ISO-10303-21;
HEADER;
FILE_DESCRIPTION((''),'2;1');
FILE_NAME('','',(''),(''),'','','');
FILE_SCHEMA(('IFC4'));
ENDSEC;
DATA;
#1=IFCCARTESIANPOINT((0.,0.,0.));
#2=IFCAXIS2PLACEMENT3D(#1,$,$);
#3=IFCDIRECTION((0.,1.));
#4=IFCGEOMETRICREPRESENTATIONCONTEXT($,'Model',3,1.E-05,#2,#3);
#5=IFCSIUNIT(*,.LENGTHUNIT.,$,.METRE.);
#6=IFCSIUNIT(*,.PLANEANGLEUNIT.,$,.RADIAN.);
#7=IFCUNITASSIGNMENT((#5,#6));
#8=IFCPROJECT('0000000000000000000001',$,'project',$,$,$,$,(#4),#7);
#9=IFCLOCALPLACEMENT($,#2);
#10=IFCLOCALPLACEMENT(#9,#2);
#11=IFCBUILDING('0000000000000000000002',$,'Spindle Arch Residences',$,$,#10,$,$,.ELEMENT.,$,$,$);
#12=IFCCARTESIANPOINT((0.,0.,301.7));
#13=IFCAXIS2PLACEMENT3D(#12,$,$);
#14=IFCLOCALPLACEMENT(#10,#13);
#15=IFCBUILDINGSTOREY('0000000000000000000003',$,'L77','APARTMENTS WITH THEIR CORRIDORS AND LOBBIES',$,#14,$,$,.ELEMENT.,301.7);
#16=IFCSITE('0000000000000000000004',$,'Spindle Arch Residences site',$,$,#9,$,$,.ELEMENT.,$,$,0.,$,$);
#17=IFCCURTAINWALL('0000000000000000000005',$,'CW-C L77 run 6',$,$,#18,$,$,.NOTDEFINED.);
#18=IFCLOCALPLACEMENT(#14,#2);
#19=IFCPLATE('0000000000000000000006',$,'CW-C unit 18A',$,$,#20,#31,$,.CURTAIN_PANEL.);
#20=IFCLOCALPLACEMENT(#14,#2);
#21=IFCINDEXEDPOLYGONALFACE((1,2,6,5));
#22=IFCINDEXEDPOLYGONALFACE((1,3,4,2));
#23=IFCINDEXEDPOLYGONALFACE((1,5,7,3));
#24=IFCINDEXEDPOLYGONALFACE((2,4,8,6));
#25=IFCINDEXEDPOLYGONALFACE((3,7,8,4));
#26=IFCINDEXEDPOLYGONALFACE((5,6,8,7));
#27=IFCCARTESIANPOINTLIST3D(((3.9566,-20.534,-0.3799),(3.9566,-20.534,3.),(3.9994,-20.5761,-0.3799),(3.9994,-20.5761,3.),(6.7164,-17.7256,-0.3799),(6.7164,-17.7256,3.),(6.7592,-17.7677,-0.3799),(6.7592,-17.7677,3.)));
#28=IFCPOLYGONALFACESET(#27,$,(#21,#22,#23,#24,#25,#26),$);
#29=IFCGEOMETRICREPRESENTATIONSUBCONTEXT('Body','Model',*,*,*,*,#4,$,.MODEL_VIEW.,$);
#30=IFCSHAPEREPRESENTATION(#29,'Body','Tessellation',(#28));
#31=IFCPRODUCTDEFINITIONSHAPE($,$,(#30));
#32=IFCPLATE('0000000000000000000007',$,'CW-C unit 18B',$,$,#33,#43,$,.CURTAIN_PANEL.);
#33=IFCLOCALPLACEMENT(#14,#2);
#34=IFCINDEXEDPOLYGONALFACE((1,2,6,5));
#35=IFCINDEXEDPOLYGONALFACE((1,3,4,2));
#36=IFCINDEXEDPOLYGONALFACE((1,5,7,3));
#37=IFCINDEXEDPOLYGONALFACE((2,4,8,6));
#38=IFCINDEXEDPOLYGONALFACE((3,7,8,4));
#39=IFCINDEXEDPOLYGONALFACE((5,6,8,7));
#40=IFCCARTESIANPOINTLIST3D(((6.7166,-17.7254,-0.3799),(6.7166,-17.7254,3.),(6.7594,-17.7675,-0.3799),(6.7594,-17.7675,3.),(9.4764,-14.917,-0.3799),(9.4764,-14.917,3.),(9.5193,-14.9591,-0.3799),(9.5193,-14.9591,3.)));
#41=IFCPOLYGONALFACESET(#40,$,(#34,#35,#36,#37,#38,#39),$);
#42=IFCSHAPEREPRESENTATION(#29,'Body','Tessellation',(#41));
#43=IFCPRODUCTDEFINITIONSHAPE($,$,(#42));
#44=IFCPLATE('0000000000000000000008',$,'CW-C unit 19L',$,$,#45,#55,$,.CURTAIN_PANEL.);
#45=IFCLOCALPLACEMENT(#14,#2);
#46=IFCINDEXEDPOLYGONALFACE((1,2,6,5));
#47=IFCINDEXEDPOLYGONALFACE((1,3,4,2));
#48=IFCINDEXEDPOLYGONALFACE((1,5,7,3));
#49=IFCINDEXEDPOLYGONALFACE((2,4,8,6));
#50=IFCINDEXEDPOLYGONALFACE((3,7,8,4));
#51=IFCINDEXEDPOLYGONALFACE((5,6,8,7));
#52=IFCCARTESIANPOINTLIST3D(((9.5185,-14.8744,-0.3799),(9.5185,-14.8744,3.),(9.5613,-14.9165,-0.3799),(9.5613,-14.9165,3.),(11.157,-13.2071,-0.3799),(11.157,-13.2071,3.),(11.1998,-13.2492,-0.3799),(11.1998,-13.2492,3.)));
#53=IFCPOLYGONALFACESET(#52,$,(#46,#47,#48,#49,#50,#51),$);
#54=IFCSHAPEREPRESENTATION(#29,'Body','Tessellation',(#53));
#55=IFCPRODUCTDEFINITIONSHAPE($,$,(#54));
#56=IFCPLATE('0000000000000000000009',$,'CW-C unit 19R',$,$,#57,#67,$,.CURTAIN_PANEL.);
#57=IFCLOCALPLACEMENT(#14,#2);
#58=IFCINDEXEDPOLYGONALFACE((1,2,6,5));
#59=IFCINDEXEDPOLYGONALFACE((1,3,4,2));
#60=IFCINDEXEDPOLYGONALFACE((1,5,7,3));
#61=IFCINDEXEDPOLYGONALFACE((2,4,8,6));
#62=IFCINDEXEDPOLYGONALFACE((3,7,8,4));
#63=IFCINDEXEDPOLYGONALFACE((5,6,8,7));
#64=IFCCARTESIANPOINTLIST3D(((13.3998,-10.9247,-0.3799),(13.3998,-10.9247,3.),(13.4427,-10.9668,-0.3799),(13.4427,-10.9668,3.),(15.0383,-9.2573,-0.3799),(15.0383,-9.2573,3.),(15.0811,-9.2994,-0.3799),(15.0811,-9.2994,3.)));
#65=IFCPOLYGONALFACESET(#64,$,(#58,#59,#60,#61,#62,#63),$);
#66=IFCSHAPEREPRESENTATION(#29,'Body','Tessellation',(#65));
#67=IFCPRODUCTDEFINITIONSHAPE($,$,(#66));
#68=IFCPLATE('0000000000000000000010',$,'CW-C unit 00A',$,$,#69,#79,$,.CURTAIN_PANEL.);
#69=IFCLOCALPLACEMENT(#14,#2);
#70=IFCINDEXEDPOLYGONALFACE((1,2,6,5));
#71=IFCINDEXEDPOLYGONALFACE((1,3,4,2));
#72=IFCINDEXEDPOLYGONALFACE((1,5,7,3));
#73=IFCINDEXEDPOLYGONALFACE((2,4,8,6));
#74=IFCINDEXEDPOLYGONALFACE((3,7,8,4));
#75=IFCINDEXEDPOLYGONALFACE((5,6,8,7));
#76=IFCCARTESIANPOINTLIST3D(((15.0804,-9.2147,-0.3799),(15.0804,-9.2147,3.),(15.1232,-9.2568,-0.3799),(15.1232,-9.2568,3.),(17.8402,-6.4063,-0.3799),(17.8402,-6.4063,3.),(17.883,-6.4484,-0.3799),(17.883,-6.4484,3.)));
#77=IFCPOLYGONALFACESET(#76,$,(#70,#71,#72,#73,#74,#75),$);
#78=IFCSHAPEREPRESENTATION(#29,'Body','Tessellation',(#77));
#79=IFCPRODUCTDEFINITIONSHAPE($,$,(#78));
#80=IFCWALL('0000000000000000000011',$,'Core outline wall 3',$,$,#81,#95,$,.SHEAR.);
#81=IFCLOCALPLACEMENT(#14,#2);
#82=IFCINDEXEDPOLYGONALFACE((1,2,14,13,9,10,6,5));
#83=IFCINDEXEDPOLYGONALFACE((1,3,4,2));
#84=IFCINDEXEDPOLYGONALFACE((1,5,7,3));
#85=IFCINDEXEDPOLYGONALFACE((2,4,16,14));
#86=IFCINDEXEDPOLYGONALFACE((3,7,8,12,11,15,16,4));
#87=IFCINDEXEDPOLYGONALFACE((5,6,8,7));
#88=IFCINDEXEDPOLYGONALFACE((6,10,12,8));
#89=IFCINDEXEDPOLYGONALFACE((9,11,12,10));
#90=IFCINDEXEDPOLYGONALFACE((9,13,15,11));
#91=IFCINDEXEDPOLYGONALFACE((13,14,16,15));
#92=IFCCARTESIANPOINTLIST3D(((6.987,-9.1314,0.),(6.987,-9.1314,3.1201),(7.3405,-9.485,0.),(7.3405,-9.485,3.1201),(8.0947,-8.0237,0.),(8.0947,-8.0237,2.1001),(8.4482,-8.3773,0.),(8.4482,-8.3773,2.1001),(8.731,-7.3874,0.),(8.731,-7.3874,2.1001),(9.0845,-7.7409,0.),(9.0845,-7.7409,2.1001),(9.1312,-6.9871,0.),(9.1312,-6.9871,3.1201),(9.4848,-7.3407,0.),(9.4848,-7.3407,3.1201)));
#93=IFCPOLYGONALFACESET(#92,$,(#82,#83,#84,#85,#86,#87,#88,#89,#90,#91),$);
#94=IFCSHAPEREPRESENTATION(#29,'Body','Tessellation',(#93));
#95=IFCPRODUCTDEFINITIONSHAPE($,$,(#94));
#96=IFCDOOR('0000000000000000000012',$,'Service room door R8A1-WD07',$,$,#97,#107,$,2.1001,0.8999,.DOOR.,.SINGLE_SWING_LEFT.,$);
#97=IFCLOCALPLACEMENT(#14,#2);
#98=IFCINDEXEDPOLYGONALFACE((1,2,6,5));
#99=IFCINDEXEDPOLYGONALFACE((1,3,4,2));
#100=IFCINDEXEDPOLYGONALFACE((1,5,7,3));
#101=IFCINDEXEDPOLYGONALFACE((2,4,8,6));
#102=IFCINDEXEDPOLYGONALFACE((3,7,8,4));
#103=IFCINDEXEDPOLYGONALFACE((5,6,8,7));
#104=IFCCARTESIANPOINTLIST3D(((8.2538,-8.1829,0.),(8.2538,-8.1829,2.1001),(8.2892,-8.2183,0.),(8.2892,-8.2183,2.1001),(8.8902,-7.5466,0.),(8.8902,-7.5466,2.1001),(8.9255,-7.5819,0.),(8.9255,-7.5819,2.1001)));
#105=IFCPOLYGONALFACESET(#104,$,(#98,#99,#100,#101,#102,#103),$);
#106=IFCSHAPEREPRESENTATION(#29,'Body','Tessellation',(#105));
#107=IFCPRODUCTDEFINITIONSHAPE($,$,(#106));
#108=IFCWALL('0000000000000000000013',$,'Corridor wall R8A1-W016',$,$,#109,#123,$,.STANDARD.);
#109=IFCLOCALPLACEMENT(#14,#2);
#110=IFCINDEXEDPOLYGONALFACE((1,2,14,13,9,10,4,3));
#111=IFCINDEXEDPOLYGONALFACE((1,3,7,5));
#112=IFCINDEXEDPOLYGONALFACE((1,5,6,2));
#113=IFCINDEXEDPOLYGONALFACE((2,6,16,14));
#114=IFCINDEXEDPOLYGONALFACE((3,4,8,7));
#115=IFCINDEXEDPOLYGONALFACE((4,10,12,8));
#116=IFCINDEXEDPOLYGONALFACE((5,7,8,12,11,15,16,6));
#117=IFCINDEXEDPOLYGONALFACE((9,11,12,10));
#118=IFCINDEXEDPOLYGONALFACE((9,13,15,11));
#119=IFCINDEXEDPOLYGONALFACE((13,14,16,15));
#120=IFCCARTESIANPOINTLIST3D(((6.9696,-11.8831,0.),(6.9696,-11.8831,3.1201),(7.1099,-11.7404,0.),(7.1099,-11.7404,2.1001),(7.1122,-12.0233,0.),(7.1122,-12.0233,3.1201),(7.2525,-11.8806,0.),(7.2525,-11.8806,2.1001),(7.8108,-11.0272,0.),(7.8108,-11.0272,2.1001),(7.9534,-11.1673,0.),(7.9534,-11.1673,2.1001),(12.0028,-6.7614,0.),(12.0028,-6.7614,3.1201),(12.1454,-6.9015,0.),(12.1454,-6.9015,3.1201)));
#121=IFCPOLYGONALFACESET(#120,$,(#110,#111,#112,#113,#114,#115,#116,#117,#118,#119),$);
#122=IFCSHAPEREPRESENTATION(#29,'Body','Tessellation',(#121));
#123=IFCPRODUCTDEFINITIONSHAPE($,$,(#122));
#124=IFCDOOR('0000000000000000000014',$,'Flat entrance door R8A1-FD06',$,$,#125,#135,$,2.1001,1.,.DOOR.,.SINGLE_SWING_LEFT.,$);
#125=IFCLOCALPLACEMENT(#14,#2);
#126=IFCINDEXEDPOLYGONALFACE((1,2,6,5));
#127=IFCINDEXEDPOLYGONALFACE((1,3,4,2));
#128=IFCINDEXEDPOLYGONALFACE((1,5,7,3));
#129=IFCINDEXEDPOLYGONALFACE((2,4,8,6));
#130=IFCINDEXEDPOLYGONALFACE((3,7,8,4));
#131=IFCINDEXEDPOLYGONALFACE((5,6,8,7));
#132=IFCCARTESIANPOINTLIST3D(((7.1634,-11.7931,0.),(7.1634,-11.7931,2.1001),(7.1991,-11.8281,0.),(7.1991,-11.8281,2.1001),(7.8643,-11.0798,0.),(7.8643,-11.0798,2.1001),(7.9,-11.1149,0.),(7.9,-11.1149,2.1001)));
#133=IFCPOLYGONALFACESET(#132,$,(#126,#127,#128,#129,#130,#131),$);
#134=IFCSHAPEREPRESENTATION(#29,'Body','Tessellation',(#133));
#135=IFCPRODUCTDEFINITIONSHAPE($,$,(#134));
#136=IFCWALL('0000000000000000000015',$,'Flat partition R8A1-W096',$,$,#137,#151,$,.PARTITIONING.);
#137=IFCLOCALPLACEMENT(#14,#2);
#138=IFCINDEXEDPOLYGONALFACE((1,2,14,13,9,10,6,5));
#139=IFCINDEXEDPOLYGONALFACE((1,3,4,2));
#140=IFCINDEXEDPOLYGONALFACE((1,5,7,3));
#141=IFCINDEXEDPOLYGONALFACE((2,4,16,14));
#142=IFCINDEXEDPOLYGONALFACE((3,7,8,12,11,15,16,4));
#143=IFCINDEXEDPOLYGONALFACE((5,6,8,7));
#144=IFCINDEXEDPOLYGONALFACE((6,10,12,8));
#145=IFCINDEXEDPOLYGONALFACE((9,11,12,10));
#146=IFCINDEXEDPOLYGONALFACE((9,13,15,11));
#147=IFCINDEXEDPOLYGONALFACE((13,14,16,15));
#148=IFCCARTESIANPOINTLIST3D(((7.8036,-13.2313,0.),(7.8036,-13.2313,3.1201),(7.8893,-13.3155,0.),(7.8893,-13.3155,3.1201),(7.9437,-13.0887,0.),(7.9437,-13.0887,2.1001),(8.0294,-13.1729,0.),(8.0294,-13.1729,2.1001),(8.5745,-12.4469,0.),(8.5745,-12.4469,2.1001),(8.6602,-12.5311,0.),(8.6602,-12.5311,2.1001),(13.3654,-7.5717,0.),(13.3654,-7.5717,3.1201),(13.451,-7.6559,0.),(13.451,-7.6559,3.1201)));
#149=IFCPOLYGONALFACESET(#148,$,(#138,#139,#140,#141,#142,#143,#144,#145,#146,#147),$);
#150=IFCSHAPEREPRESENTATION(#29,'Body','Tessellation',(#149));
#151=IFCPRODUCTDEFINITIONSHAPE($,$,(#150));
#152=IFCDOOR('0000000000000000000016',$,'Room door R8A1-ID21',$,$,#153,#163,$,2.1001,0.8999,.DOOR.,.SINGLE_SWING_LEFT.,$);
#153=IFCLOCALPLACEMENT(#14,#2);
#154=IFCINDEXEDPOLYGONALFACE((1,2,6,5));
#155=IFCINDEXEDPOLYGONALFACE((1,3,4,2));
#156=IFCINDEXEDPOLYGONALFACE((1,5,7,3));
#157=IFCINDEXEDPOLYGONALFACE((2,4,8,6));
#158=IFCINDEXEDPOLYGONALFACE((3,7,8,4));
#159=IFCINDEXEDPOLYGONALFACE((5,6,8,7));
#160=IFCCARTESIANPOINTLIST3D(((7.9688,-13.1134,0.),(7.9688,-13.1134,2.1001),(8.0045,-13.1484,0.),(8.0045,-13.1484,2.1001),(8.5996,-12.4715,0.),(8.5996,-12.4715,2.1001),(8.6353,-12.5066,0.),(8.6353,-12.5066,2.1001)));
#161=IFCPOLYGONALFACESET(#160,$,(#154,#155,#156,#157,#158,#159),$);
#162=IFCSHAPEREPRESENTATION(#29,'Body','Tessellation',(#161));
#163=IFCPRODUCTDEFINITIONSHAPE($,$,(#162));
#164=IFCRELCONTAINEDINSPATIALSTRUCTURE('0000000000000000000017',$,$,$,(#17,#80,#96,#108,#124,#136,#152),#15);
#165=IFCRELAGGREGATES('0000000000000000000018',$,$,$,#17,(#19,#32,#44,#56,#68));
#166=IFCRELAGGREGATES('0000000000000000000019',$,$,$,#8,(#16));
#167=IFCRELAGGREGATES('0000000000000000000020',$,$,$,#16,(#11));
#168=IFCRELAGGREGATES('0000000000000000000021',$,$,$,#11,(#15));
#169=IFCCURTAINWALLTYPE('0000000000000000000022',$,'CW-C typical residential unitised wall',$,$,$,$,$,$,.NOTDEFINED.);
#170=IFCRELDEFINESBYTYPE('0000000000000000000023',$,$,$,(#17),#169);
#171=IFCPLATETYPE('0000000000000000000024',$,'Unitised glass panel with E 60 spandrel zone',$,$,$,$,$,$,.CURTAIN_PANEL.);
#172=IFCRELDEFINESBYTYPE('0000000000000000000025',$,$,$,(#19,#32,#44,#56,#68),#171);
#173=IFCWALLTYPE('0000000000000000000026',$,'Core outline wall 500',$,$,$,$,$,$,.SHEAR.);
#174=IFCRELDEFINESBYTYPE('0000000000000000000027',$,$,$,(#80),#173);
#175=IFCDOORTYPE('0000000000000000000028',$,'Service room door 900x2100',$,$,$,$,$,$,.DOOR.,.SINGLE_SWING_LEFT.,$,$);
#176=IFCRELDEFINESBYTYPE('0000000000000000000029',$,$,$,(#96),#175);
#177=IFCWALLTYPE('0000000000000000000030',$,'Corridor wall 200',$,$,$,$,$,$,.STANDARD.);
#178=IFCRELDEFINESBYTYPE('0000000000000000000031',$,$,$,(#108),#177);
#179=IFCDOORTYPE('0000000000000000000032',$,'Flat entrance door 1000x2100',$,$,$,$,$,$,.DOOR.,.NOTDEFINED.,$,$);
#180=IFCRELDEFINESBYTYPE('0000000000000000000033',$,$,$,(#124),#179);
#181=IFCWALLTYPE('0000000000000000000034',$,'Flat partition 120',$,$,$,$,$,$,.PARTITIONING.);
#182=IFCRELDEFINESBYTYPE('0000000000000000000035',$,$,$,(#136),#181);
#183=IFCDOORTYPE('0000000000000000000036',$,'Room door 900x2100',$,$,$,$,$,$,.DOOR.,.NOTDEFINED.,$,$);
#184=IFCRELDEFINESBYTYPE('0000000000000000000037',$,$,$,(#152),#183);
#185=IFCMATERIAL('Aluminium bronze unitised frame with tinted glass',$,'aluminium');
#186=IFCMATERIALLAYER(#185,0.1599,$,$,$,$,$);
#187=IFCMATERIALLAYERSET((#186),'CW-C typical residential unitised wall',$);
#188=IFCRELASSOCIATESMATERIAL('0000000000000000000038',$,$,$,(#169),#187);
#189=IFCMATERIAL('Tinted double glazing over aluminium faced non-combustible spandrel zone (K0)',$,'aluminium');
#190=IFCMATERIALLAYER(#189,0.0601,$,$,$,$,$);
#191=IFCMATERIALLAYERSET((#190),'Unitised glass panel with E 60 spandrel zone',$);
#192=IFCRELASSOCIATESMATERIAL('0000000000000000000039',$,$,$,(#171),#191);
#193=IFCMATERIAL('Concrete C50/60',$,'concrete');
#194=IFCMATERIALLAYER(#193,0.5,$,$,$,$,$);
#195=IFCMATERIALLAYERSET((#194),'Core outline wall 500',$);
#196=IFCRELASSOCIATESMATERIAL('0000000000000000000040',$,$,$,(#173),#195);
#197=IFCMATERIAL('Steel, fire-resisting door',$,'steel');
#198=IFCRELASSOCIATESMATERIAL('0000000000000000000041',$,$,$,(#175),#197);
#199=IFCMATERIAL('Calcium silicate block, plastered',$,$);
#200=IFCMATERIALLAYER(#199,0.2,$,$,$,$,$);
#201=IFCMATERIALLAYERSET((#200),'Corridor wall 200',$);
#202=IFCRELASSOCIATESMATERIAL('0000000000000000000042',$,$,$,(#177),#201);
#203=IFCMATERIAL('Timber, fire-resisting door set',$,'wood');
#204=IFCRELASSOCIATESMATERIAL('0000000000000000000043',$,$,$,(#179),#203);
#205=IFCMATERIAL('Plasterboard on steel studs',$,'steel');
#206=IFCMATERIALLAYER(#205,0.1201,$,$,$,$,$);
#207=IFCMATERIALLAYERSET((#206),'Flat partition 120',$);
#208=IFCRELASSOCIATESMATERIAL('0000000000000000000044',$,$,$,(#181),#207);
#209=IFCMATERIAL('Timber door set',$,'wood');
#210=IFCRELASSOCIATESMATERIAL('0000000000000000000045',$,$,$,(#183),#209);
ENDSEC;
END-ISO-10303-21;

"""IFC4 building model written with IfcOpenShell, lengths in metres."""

from ifc_helpers import new_model, si_unit, direction, frame, frame_2d, origin, origin_2d, place, context, subcontext, project, spatial, rectangle, extrude, material, layer, layer_set, type_object, element, fill, aggregate, save


model = new_model("IFC4")

# Units and contexts
model_context = context("Model", 3, precision=1e-05, world=origin(), true_north=direction((0.0, 1.0)))
body_context = subcontext(model_context, "Body", "Model", "MODEL_VIEW")
ifc_project = project(units=[si_unit("LENGTHUNIT", "METRE"), si_unit("PLANEANGLEUNIT", "RADIAN")], contexts=[model_context])

# Site, building, storey
site_placement = place(None, origin())
site = spatial("IfcSite", under=ifc_project, at=site_placement, Name="Spindle Arch Residences site", CompositionType="ELEMENT", RefElevation=0.0)
building_placement = place(site_placement, origin())
building = spatial("IfcBuilding", under=site, at=building_placement, Name="Spindle Arch Residences", CompositionType="ELEMENT")
storey_placement = place(building_placement, frame((0.0, 0.0, 301.7)))
storey = spatial("IfcBuildingStorey", under=building, at=storey_placement, Name="L77", Description="APARTMENTS WITH THEIR CORRIDORS AND LOBBIES", CompositionType="ELEMENT", Elevation=301.7)

# Curtain wall
ifc_material_1 = material(Name="Aluminium bronze unitised frame with tinted glass", Category="aluminium")
ifc_layer_1 = layer(ifc_material_1, 0.1599)
ifc_layer_set_1 = layer_set([ifc_layer_1], Name="CW-C typical residential unitised wall")
curtain_wall_type = type_object("IfcCurtainWallType", Name="CW-C typical residential unitised wall", PredefinedType="NOTDEFINED", material=ifc_layer_set_1)
curtain_wall_placement = place(storey_placement, origin())
curtain_wall = element("IfcCurtainWall", 1, at=curtain_wall_placement, inside=storey, type_object=curtain_wall_type, Name="CW-C L77 run 6", PredefinedType="NOTDEFINED")

# Plates
ifc_material_2 = material(Name="Tinted double glazing over aluminium faced non-combustible spandrel zone (K0)", Category="aluminium")
ifc_layer_2 = layer(ifc_material_2, 0.0601)
ifc_layer_set_2 = layer_set([ifc_layer_2], Name="Unitised glass panel with E 60 spandrel zone")
plate_type = type_object("IfcPlateType", Name="Unitised glass panel with E 60 spandrel zone", PredefinedType="CURTAIN_PANEL", material=ifc_layer_set_2)
plate_1_placement = place(storey_placement, frame((5.3579, -19.1509, -0.3799), z_axis=(0.0, 0.0, 1.0), x_axis=(0.700909, 0.71325, 0.0)))
plate_1 = element("IfcPlate", 2, at=plate_1_placement, type_object=plate_type, Name="CW-C unit 18A", PredefinedType="CURTAIN_PANEL", context=body_context, shape_type="SweptSolid", body=[
    extrude(rectangle(XDim=3.9375, YDim=0.0601, at=origin_2d()), origin(), (0.0, 0.0, 1.0), 3.3799),
])
plate_2_placement = place(storey_placement, frame((8.1179, -16.3423, -0.3799), z_axis=(0.0, 0.0, 1.0), x_axis=(0.700909, 0.71325, 0.0)))
plate_2 = element("IfcPlate", 3, at=plate_2_placement, type_object=plate_type, Name="CW-C unit 18B", PredefinedType="CURTAIN_PANEL", context=body_context, shape_type="SweptSolid", body=[
    extrude(rectangle(XDim=3.9375, YDim=0.0601, at=origin_2d()), origin(), (0.0, 0.0, 1.0), 3.3799),
])
plate_3_placement = place(storey_placement, frame((10.3591, -14.0618, -0.3799), z_axis=(0.0, 0.0, 1.0), x_axis=(0.700909, 0.71325, 0.0)))
plate_3 = element("IfcPlate", 4, at=plate_3_placement, type_object=plate_type, Name="CW-C unit 19L", PredefinedType="CURTAIN_PANEL", context=body_context, shape_type="SweptSolid", body=[
    extrude(rectangle(XDim=2.3376, YDim=0.0601, at=origin_2d()), origin(), (0.0, 0.0, 1.0), 3.3799),
])
plate_4_placement = place(storey_placement, frame((14.2405, -10.1121, -0.3799), z_axis=(0.0, 0.0, 1.0), x_axis=(0.700909, 0.71325, 0.0)))
plate_4 = element("IfcPlate", 5, at=plate_4_placement, type_object=plate_type, Name="CW-C unit 19R", PredefinedType="CURTAIN_PANEL", context=body_context, shape_type="SweptSolid", body=[
    extrude(rectangle(XDim=2.3376, YDim=0.0601, at=origin_2d()), origin(), (0.0, 0.0, 1.0), 3.3799),
])
plate_5_placement = place(storey_placement, frame((16.4817, -7.8315, -0.3799), z_axis=(0.0, 0.0, 1.0), x_axis=(0.700909, 0.71325, 0.0)))
plate_5 = element("IfcPlate", 6, at=plate_5_placement, type_object=plate_type, Name="CW-C unit 00A", PredefinedType="CURTAIN_PANEL", context=body_context, shape_type="SweptSolid", body=[
    extrude(rectangle(XDim=3.9375, YDim=0.0601, at=origin_2d()), origin(), (0.0, 0.0, 1.0), 3.3799),
])
aggregate(curtain_wall, [plate_1, plate_2, plate_3, plate_4, plate_5])

# Walls, openings, doors
ifc_material_3 = material(Name="Concrete C50/60", Category="concrete")
ifc_layer_3 = layer(ifc_material_3, 0.5)
ifc_layer_set_3 = layer_set([ifc_layer_3], Name="Core outline wall 500")
wall_type_1 = type_object("IfcWallType", Name="Core outline wall 500", PredefinedType="SHEAR", material=ifc_layer_set_3)
wall_1_placement = place(storey_placement, frame((7.1638, -9.3081, 0.0), z_axis=(0.0, 0.0, 1.0), x_axis=(0.707107, 0.707107, 0.0)))
wall_1 = element("IfcWall", 7, at=wall_1_placement, inside=storey, type_object=wall_type_1, Name="Core outline wall 3", PredefinedType="SHEAR", context=body_context, shape_type="SweptSolid", body=[
    extrude(rectangle(XDim=3.0325, YDim=0.5, at=frame_2d((1.5161, 0.0))), origin(), (0.0, 0.0, 1.0), 3.1201),
])
opening_1_placement = place(wall_1_placement, frame((1.5664, 0.0, 0.0)))
opening_1 = element("IfcOpeningElement", 8, at=opening_1_placement, cuts=wall_1, PredefinedType="OPENING", context=body_context, shape_type="SweptSolid", body=[
    extrude(rectangle(XDim=0.8999, YDim=2.1001, at=frame_2d((0.45, 1.05))), frame((0.0, 0.26, 0.0), z_axis=(0.0, -1.0, 0.0), x_axis=(1.0, 0.0, 0.0)), (0.0, 0.0, 1.0), 0.52),
])
ifc_material_4 = material(Name="Steel, fire-resisting door", Category="steel")
door_type_1 = type_object("IfcDoorType", Name="Service room door 900x2100", OperationType="SINGLE_SWING_LEFT", PredefinedType="DOOR", material=ifc_material_4)
door_1_placement = place(opening_1_placement, origin())
door_1 = element("IfcDoor", 9, at=door_1_placement, inside=storey, type_object=door_type_1, Name="Service room door R8A1-WD07", OperationType="SINGLE_SWING_LEFT", OverallHeight=2.1001, OverallWidth=0.8999, PredefinedType="DOOR", context=body_context, shape_type="SweptSolid", body=[
    extrude(rectangle(XDim=0.8999, YDim=2.1001, at=frame_2d((0.45, 1.05))), frame((0.0, 0.0249, 0.0), z_axis=(0.0, -1.0, 0.0), x_axis=(1.0, 0.0, 0.0)), (0.0, 0.0, 1.0), 0.05),
])
fill(opening_1, door_1)
ifc_material_5 = material(Name="Calcium silicate block, plastered")
ifc_layer_4 = layer(ifc_material_5, 0.2)
ifc_layer_set_4 = layer_set([ifc_layer_4], Name="Corridor wall 200")
wall_type_2 = type_object("IfcWallType", Name="Corridor wall 200", PredefinedType="STANDARD", material=ifc_layer_set_4)
wall_2_placement = place(storey_placement, frame((7.041, -11.9531, 0.0), z_axis=(0.0, 0.0, 1.0), x_axis=(0.700909, 0.713251, 0.0)))
wall_2 = element("IfcWall", 10, at=wall_2_placement, inside=storey, type_object=wall_type_2, Name="Corridor wall R8A1-W016", PredefinedType="STANDARD", context=body_context, shape_type="SweptSolid", body=[
    extrude(rectangle(XDim=7.1809, YDim=0.2, at=frame_2d((3.5903, 0.0))), origin(), (0.0, 0.0, 1.0), 3.1201),
])
opening_2_placement = place(wall_2_placement, frame((0.2, 0.0, 0.0)))
opening_2 = element("IfcOpeningElement", 11, at=opening_2_placement, cuts=wall_2, PredefinedType="OPENING", context=body_context, shape_type="SweptSolid", body=[
    extrude(rectangle(XDim=1.0, YDim=2.1001, at=frame_2d((0.5, 1.05))), frame((0.0, 0.1099, 0.0), z_axis=(0.0, -1.0, 0.0), x_axis=(1.0, 0.0, 0.0)), (0.0, 0.0, 1.0), 0.22),
])
ifc_material_6 = material(Name="Timber, fire-resisting door set", Category="wood")
door_type_2 = type_object("IfcDoorType", Name="Flat entrance door 1000x2100", OperationType="NOTDEFINED", PredefinedType="DOOR", material=ifc_material_6)
door_2_placement = place(opening_2_placement, origin())
door_2 = element("IfcDoor", 12, at=door_2_placement, inside=storey, type_object=door_type_2, Name="Flat entrance door R8A1-FD06", OperationType="SINGLE_SWING_LEFT", OverallHeight=2.1001, OverallWidth=1.0, PredefinedType="DOOR", context=body_context, shape_type="SweptSolid", body=[
    extrude(rectangle(XDim=1.0, YDim=2.1001, at=frame_2d((0.5, 1.05))), frame((0.0, 0.0249, 0.0), z_axis=(0.0, -1.0, 0.0), x_axis=(1.0, 0.0, 0.0)), (0.0, 0.0, 1.0), 0.05),
])
fill(opening_2, door_2)
ifc_material_7 = material(Name="Plasterboard on steel studs", Category="steel")
ifc_layer_5 = layer(ifc_material_7, 0.1201)
ifc_layer_set_5 = layer_set([ifc_layer_5], Name="Flat partition 120")
wall_type_3 = type_object("IfcWallType", Name="Flat partition 120", PredefinedType="PARTITIONING", material=ifc_layer_set_5)
wall_3_placement = place(storey_placement, frame((7.8464, -13.2734, 0.0), z_axis=(0.0, 0.0, 1.0), x_axis=(0.700911, 0.713249, 0.0)))
wall_3 = element("IfcWall", 13, at=wall_3_placement, inside=storey, type_object=wall_type_3, Name="Flat partition R8A1-W096", PredefinedType="PARTITIONING", context=body_context, shape_type="SweptSolid", body=[
    extrude(rectangle(XDim=7.9351, YDim=0.1201, at=frame_2d((3.9675, 0.0))), origin(), (0.0, 0.0, 1.0), 3.1201),
])
opening_3_placement = place(wall_3_placement, frame((0.2, 0.0, 0.0)))
opening_3 = element("IfcOpeningElement", 14, at=opening_3_placement, cuts=wall_3, PredefinedType="OPENING", context=body_context, shape_type="SweptSolid", body=[
    extrude(rectangle(XDim=0.8999, YDim=2.1001, at=frame_2d((0.45, 1.05))), frame((0.0, 0.0701, 0.0), z_axis=(0.0, -1.0, 0.0), x_axis=(1.0, 0.0, 0.0)), (0.0, 0.0, 1.0), 0.1401),
])
ifc_material_8 = material(Name="Timber door set", Category="wood")
door_type_3 = type_object("IfcDoorType", Name="Room door 900x2100", OperationType="NOTDEFINED", PredefinedType="DOOR", material=ifc_material_8)
door_3_placement = place(opening_3_placement, origin())
door_3 = element("IfcDoor", 15, at=door_3_placement, inside=storey, type_object=door_type_3, Name="Room door R8A1-ID21", OperationType="SINGLE_SWING_LEFT", OverallHeight=2.1001, OverallWidth=0.8999, PredefinedType="DOOR", context=body_context, shape_type="SweptSolid", body=[
    extrude(rectangle(XDim=0.8999, YDim=2.1001, at=frame_2d((0.45, 1.05))), frame((0.0, 0.0249, 0.0), z_axis=(0.0, -1.0, 0.0), x_axis=(1.0, 0.0, 0.0)), (0.0, 0.0, 1.0), 0.05),
])
fill(opening_3, door_3)

save(model, "model.ifc")
